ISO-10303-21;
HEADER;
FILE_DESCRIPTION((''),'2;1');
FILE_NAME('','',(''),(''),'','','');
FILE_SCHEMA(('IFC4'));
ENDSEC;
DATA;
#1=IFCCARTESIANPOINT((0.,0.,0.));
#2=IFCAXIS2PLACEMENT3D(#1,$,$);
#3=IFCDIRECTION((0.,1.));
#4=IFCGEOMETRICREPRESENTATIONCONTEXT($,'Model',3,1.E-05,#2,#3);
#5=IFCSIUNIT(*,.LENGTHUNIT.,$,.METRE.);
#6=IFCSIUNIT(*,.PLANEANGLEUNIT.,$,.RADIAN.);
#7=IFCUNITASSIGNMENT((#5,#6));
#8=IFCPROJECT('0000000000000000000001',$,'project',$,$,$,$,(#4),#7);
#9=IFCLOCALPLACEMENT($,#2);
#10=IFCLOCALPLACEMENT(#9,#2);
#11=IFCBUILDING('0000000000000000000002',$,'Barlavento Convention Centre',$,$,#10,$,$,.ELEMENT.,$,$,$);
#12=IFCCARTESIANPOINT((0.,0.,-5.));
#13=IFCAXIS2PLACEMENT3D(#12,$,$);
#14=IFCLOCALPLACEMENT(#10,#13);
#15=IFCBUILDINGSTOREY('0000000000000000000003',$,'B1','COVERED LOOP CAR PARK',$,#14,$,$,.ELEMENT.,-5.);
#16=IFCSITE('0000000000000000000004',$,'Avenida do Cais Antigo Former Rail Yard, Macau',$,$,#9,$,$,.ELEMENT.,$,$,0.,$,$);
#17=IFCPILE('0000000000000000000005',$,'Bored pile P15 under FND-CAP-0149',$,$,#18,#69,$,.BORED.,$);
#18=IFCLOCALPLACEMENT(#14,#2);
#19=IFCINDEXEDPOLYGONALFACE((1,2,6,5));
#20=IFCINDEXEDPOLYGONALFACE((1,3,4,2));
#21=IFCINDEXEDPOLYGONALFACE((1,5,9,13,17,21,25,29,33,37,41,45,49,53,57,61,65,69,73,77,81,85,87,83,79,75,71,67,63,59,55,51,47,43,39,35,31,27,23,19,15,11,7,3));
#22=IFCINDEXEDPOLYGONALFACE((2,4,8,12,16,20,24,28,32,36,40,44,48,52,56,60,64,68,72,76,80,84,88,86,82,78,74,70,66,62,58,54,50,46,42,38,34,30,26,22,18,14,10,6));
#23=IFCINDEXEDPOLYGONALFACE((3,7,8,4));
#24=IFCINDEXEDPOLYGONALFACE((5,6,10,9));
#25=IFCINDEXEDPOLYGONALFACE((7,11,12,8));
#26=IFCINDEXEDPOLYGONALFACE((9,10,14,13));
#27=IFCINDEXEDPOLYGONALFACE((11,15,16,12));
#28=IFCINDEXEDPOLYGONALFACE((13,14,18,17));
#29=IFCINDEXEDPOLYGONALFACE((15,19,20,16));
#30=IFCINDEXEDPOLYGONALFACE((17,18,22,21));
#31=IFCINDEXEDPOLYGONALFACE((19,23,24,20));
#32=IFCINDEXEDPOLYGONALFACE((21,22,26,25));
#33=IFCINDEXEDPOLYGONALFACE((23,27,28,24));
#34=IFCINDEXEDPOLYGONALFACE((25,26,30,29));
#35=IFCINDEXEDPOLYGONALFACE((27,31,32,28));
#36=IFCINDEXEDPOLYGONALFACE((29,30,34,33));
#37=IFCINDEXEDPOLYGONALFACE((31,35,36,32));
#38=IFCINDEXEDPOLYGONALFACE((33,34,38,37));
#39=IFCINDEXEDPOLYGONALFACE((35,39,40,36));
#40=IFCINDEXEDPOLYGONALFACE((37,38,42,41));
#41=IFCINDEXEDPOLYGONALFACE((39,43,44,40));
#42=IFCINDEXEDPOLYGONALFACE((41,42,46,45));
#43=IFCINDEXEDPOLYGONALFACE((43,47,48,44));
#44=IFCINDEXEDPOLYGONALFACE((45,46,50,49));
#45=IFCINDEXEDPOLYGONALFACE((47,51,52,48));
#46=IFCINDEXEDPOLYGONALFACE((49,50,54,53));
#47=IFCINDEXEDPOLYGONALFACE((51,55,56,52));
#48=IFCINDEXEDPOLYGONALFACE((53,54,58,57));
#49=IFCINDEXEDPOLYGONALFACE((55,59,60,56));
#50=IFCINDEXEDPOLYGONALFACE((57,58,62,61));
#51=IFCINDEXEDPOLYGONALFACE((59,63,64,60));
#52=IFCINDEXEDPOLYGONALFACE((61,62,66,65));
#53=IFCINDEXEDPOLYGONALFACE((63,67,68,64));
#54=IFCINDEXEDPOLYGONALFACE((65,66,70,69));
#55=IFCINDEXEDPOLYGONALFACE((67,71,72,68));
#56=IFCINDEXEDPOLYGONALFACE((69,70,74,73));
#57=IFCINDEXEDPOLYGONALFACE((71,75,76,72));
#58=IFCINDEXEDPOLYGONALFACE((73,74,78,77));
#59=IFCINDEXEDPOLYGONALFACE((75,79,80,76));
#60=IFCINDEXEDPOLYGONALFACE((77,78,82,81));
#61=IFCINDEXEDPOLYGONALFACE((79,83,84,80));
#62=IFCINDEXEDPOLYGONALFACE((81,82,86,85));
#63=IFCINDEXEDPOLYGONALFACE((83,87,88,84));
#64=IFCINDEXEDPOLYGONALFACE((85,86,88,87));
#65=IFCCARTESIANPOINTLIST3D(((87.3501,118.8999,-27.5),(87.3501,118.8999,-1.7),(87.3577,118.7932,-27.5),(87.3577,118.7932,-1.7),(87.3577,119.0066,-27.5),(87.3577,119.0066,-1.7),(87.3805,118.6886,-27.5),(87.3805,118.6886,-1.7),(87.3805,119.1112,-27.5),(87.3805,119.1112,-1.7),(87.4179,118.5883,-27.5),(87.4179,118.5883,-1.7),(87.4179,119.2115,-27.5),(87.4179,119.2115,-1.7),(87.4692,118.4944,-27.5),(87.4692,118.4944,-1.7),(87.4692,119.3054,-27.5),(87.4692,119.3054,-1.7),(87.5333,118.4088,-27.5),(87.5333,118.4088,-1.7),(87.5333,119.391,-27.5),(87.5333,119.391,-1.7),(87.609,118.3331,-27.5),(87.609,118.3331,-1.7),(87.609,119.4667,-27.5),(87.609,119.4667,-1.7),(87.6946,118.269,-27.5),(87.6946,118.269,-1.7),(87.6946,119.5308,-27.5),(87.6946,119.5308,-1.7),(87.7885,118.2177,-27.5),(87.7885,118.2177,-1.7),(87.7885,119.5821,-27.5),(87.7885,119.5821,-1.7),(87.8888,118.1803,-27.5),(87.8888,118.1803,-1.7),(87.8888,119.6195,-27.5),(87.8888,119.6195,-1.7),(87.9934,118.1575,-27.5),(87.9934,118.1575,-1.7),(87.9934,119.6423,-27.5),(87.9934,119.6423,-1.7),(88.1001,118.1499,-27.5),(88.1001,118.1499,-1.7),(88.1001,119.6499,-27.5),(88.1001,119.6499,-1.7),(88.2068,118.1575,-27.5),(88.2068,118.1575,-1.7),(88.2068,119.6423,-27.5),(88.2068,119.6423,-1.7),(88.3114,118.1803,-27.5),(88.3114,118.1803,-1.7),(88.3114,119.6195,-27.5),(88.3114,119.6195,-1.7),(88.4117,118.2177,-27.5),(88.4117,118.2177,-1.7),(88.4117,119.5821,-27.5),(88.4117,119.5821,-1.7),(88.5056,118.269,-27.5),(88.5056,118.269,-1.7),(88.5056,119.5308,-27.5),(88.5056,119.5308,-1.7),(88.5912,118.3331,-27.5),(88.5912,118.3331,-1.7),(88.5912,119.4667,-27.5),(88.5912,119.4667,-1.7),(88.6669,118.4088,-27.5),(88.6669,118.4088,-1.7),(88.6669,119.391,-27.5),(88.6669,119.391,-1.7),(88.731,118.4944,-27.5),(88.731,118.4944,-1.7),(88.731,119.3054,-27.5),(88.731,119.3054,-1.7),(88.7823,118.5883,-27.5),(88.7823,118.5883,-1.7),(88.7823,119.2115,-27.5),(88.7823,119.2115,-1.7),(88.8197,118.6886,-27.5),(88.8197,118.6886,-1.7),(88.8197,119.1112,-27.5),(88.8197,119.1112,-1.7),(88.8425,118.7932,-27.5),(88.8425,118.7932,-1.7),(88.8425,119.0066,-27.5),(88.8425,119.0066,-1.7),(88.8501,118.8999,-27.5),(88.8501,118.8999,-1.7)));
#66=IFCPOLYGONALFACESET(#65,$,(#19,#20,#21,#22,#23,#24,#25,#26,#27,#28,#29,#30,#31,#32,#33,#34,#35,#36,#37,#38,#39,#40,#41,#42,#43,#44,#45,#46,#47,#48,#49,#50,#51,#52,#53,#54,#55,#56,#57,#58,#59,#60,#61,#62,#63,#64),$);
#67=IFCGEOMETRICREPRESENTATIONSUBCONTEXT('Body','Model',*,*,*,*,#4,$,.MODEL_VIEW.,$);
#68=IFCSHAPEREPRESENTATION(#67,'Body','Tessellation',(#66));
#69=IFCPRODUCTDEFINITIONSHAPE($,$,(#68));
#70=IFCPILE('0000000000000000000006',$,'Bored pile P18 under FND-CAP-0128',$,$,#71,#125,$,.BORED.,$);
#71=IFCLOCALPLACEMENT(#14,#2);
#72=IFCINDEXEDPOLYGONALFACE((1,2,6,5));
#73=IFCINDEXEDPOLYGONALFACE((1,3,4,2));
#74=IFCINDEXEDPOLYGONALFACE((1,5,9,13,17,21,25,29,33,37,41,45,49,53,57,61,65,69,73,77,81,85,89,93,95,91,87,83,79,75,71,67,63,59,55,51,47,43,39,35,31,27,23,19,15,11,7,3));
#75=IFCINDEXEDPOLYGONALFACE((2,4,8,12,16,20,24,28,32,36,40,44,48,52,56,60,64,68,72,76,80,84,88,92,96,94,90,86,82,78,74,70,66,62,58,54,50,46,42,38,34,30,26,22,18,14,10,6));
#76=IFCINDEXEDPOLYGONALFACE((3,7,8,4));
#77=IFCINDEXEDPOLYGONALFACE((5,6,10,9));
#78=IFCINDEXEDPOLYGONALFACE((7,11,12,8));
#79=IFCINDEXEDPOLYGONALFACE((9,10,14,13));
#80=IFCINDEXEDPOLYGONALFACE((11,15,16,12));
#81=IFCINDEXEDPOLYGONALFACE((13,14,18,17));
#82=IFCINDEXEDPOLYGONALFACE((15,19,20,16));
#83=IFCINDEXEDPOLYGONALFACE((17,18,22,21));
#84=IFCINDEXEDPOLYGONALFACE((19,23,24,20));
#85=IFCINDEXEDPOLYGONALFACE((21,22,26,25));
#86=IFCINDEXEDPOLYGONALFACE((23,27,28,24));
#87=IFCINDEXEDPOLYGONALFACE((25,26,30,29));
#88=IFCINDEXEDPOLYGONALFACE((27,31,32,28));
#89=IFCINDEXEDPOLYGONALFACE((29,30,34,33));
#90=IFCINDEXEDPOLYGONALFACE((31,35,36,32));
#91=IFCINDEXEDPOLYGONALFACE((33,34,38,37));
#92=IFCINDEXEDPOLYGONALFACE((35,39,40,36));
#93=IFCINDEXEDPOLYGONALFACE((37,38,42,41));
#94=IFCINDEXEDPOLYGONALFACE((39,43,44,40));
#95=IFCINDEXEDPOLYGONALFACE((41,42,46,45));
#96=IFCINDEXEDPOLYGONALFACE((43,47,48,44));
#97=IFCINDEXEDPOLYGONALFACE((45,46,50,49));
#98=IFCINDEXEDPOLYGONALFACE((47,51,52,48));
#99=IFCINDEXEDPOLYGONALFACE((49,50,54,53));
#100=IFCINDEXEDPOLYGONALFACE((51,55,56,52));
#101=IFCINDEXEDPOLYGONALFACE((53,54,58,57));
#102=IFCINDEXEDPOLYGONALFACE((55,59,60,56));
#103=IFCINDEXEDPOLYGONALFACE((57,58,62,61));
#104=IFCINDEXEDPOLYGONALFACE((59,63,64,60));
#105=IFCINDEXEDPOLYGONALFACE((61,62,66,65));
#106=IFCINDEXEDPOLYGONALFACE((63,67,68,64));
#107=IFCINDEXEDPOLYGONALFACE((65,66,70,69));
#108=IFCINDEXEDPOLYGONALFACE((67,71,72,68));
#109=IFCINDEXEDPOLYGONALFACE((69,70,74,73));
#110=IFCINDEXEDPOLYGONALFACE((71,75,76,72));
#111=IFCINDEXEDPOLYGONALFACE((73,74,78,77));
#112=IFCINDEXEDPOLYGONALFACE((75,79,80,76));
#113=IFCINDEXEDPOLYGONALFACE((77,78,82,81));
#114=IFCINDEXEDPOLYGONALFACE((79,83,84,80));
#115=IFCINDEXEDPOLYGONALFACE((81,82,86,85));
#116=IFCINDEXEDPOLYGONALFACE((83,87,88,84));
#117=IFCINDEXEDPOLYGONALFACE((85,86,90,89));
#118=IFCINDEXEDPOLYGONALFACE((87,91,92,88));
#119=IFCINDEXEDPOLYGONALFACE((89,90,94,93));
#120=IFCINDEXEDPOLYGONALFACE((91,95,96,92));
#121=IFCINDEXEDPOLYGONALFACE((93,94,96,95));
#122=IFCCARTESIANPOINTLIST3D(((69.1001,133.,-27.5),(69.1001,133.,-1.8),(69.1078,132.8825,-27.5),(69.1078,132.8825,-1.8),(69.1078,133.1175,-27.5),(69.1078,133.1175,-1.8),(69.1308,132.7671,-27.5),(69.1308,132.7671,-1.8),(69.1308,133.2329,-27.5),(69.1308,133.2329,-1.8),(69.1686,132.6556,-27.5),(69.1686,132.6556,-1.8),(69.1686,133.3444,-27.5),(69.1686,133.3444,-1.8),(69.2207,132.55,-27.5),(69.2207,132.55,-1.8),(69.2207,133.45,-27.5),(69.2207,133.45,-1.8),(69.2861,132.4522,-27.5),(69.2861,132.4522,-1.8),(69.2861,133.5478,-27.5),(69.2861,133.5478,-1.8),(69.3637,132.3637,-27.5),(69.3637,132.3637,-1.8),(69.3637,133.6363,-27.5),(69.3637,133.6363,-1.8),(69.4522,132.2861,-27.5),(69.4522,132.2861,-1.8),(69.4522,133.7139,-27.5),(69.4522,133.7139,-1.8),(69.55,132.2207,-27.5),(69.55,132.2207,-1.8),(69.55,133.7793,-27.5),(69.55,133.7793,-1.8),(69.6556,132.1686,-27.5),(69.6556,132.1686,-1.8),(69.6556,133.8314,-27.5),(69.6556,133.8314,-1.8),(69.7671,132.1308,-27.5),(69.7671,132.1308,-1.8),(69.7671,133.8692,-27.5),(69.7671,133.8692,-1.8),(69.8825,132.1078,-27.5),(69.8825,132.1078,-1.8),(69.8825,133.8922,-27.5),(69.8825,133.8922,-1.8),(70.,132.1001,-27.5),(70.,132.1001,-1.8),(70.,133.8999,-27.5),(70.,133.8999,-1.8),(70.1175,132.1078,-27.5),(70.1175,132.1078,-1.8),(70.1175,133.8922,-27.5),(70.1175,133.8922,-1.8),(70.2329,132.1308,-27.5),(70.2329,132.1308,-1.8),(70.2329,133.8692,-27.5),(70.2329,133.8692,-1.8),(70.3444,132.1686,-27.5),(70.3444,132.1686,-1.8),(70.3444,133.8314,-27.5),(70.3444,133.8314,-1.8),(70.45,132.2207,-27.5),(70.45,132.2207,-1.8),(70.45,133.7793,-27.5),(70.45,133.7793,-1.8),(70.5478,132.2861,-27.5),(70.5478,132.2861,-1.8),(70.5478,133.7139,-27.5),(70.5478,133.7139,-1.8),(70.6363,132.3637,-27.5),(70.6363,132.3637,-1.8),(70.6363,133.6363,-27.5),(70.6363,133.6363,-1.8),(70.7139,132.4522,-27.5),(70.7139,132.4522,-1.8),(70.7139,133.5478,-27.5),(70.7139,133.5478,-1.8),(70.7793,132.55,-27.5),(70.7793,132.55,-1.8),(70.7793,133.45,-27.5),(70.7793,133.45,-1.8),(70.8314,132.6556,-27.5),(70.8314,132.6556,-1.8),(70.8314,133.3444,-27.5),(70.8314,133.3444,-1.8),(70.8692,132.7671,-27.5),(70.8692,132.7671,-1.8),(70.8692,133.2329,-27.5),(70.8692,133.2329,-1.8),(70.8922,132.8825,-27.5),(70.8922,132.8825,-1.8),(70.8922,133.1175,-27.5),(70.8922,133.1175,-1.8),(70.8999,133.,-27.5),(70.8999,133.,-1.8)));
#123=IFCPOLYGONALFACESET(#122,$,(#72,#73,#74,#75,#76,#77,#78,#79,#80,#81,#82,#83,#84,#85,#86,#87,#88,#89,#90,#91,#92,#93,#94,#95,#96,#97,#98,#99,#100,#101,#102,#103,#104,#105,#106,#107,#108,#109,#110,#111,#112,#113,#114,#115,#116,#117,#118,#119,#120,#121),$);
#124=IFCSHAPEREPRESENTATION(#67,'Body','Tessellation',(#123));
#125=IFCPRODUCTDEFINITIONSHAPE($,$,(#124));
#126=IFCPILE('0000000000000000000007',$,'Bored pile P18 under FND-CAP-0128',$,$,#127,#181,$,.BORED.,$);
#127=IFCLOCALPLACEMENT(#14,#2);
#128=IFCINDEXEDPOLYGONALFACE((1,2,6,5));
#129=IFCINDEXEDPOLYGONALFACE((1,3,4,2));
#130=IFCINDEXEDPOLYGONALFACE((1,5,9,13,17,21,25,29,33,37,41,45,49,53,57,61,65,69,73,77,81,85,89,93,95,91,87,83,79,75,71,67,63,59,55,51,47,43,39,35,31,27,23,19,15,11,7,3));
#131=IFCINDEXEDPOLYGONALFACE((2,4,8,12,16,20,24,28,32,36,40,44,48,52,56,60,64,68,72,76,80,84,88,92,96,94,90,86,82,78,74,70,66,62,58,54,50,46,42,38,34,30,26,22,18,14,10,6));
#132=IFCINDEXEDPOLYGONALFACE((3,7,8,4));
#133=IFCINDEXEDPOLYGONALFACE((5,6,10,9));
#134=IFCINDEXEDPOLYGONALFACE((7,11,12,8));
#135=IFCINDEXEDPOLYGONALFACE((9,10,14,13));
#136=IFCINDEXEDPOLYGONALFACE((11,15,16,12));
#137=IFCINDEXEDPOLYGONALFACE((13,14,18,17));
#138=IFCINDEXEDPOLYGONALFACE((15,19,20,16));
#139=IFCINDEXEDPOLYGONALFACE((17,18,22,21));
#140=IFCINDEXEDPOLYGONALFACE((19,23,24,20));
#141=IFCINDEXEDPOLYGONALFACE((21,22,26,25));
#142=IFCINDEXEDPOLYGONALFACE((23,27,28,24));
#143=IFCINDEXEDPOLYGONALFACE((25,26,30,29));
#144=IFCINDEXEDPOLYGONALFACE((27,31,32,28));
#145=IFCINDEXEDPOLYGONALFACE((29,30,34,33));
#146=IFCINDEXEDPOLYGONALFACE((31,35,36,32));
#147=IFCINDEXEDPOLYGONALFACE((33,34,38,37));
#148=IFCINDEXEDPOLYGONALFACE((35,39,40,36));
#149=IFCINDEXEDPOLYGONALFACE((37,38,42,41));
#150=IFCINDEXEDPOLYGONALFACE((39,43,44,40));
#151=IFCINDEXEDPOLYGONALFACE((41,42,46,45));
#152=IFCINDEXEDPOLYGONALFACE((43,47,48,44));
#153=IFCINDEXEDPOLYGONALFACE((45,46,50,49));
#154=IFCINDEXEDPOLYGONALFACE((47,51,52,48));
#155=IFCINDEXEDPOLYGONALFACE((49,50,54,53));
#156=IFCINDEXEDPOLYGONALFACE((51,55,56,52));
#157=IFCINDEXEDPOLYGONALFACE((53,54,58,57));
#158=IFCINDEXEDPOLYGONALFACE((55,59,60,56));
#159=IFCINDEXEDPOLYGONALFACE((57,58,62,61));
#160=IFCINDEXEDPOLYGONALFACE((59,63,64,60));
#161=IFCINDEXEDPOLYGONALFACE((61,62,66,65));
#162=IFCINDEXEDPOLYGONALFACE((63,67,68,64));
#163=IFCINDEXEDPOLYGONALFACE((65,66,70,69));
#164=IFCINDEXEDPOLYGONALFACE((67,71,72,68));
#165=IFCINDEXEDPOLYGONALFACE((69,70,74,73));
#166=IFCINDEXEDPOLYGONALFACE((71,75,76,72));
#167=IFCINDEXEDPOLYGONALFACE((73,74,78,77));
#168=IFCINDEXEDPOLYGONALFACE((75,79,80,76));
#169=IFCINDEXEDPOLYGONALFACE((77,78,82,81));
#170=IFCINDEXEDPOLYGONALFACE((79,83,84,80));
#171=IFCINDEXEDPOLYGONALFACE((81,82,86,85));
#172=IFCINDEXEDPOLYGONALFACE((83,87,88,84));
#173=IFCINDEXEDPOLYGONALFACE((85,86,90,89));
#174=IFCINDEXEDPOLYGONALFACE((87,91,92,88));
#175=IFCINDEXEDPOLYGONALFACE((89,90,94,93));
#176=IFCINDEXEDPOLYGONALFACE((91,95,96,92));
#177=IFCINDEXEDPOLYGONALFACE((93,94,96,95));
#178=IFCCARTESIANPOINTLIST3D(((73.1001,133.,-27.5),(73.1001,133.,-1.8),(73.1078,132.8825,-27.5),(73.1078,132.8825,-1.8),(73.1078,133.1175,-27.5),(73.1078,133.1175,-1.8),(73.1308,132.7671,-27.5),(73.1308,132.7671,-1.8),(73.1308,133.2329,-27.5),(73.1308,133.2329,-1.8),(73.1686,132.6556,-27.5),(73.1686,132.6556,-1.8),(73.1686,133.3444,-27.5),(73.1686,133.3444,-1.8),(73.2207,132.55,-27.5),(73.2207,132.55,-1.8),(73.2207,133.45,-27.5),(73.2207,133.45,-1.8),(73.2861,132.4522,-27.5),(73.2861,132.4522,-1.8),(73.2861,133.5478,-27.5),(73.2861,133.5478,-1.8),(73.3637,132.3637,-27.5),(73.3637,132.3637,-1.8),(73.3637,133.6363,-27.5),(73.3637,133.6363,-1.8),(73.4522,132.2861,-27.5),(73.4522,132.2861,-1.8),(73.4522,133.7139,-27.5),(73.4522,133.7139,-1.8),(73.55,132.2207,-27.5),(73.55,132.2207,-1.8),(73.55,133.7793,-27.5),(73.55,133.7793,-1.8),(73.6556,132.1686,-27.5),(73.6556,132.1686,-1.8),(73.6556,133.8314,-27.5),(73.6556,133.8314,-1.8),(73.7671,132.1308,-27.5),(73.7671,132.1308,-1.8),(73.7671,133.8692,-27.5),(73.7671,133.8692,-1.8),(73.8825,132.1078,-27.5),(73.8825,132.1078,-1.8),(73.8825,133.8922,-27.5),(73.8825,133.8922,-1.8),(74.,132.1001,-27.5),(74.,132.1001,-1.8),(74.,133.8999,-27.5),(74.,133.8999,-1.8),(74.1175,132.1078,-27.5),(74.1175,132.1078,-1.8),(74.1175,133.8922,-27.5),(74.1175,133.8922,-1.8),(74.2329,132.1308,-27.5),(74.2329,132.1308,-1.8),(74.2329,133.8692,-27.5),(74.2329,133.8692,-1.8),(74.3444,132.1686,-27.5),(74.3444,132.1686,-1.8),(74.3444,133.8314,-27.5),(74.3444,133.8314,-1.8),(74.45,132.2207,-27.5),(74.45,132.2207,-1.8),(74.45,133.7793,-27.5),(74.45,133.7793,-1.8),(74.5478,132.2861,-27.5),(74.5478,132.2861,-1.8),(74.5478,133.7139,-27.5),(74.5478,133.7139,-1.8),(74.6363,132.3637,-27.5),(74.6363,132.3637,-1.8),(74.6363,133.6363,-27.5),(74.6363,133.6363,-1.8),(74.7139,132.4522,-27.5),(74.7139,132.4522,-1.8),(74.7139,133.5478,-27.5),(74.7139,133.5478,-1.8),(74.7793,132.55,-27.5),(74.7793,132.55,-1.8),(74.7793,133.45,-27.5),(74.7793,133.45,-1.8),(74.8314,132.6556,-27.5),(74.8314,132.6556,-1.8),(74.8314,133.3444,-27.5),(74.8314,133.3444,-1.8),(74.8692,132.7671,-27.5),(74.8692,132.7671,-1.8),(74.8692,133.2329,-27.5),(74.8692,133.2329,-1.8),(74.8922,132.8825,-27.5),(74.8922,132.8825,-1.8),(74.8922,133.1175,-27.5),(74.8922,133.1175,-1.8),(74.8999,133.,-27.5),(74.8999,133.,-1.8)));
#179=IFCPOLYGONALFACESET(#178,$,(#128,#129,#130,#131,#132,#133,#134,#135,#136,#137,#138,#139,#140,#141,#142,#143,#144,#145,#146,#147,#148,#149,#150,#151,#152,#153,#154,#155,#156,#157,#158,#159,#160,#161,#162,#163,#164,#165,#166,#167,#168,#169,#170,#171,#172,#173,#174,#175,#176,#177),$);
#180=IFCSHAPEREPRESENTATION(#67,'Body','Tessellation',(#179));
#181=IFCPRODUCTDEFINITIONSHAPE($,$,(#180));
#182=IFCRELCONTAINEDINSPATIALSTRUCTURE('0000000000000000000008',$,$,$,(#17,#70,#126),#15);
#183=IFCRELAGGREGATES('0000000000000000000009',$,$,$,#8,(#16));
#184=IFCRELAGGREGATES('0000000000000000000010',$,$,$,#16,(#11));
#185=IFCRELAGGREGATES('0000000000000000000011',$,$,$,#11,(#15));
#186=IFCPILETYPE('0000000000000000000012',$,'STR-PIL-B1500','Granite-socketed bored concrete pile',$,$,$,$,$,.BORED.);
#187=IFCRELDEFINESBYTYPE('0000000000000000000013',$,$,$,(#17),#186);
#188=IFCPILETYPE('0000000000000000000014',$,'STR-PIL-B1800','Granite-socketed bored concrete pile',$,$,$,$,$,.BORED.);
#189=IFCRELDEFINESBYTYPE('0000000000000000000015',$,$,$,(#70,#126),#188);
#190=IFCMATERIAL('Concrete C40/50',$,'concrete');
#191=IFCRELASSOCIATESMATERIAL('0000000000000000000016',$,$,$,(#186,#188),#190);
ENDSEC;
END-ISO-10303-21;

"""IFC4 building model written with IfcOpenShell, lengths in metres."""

from ifc_helpers import new_model, si_unit, direction, frame, origin, origin_2d, place, context, subcontext, project, spatial, circle, extrude, material, material_profile, profile_set, type_object, element, save


model = new_model("IFC4")

# Units and contexts
model_context = context("Model", 3, precision=1e-05, world=origin(), true_north=direction((0.0, 1.0)))
body_context = subcontext(model_context, "Body", "Model", "MODEL_VIEW")
ifc_project = project(units=[si_unit("LENGTHUNIT", "METRE"), si_unit("PLANEANGLEUNIT", "RADIAN")], contexts=[model_context])

# Site, building, storey
site_placement = place(None, origin())
site = spatial("IfcSite", under=ifc_project, at=site_placement, Name="Avenida do Cais Antigo Former Rail Yard, Macau", CompositionType="ELEMENT", RefElevation=0.0)
building_placement = place(site_placement, origin())
building = spatial("IfcBuilding", under=site, at=building_placement, Name="Barlavento Convention Centre", CompositionType="ELEMENT")
storey_placement = place(building_placement, frame((0.0, 0.0, -5.0)))
storey = spatial("IfcBuildingStorey", under=building, at=storey_placement, Name="B1", Description="COVERED LOOP CAR PARK", CompositionType="ELEMENT", Elevation=-5.0)

# Shared definitions
ifc_material_1 = material(Name="Concrete C40/50", Category="concrete")

# Piles
ifc_material_profile_1 = material_profile(ifc_material_1, circle(Radius=0.75, at=origin_2d()), Name="BORED PILE 1500")
ifc_profile_set_1 = profile_set([ifc_material_profile_1], Name="Concrete C40/50")
pile_type_1 = type_object("IfcPileType", Name="STR-PIL-B1500", Description="Granite-socketed bored concrete pile", PredefinedType="BORED", material=ifc_profile_set_1)
pile_placement = place(storey_placement, frame((88.1001, 118.8999, -1.7), z_axis=(0.0, 0.0, -1.0), x_axis=(1.0, 0.0, 0.0)))
element("IfcPile", 1, at=pile_placement, inside=storey, type_object=pile_type_1, Name="Bored pile P15 under FND-CAP-0149", PredefinedType="BORED", context=body_context, shape_type="SweptSolid", body=[
    extrude(circle(Radius=0.75, at=origin_2d()), origin(), (0.0, 0.0, 1.0), 25.8),
])
ifc_material_profile_2 = material_profile(ifc_material_1, circle(Radius=0.8999, at=origin_2d()), Name="BORED PILE 1800")
ifc_profile_set_2 = profile_set([ifc_material_profile_2], Name="Concrete C40/50")
pile_type_2 = type_object("IfcPileType", Name="STR-PIL-B1800", Description="Granite-socketed bored concrete pile", PredefinedType="BORED", material=ifc_profile_set_2)
for number, where, z_axis, x_axis, name in (
    (2, (70.0, 133.0, -1.8), (0.0, 0.0, -1.0), (1.0, 0.0, 0.0), "Bored pile P18 under FND-CAP-0128"),
    (3, (74.0, 133.0, -1.8), (0.0, 0.0, -1.0), (1.0, 0.0, 0.0), "Bored pile P18 under FND-CAP-0128"),
):
    element("IfcPile", number, at=place(storey_placement, frame(where, z_axis=z_axis, x_axis=x_axis)), inside=storey, type_object=pile_type_2, Name=name, PredefinedType="BORED", context=body_context, shape_type="SweptSolid", body=[
        extrude(circle(Radius=0.8999, at=origin_2d()), origin(), (0.0, 0.0, 1.0), 25.7),
    ])

save(model, "model.ifc")
